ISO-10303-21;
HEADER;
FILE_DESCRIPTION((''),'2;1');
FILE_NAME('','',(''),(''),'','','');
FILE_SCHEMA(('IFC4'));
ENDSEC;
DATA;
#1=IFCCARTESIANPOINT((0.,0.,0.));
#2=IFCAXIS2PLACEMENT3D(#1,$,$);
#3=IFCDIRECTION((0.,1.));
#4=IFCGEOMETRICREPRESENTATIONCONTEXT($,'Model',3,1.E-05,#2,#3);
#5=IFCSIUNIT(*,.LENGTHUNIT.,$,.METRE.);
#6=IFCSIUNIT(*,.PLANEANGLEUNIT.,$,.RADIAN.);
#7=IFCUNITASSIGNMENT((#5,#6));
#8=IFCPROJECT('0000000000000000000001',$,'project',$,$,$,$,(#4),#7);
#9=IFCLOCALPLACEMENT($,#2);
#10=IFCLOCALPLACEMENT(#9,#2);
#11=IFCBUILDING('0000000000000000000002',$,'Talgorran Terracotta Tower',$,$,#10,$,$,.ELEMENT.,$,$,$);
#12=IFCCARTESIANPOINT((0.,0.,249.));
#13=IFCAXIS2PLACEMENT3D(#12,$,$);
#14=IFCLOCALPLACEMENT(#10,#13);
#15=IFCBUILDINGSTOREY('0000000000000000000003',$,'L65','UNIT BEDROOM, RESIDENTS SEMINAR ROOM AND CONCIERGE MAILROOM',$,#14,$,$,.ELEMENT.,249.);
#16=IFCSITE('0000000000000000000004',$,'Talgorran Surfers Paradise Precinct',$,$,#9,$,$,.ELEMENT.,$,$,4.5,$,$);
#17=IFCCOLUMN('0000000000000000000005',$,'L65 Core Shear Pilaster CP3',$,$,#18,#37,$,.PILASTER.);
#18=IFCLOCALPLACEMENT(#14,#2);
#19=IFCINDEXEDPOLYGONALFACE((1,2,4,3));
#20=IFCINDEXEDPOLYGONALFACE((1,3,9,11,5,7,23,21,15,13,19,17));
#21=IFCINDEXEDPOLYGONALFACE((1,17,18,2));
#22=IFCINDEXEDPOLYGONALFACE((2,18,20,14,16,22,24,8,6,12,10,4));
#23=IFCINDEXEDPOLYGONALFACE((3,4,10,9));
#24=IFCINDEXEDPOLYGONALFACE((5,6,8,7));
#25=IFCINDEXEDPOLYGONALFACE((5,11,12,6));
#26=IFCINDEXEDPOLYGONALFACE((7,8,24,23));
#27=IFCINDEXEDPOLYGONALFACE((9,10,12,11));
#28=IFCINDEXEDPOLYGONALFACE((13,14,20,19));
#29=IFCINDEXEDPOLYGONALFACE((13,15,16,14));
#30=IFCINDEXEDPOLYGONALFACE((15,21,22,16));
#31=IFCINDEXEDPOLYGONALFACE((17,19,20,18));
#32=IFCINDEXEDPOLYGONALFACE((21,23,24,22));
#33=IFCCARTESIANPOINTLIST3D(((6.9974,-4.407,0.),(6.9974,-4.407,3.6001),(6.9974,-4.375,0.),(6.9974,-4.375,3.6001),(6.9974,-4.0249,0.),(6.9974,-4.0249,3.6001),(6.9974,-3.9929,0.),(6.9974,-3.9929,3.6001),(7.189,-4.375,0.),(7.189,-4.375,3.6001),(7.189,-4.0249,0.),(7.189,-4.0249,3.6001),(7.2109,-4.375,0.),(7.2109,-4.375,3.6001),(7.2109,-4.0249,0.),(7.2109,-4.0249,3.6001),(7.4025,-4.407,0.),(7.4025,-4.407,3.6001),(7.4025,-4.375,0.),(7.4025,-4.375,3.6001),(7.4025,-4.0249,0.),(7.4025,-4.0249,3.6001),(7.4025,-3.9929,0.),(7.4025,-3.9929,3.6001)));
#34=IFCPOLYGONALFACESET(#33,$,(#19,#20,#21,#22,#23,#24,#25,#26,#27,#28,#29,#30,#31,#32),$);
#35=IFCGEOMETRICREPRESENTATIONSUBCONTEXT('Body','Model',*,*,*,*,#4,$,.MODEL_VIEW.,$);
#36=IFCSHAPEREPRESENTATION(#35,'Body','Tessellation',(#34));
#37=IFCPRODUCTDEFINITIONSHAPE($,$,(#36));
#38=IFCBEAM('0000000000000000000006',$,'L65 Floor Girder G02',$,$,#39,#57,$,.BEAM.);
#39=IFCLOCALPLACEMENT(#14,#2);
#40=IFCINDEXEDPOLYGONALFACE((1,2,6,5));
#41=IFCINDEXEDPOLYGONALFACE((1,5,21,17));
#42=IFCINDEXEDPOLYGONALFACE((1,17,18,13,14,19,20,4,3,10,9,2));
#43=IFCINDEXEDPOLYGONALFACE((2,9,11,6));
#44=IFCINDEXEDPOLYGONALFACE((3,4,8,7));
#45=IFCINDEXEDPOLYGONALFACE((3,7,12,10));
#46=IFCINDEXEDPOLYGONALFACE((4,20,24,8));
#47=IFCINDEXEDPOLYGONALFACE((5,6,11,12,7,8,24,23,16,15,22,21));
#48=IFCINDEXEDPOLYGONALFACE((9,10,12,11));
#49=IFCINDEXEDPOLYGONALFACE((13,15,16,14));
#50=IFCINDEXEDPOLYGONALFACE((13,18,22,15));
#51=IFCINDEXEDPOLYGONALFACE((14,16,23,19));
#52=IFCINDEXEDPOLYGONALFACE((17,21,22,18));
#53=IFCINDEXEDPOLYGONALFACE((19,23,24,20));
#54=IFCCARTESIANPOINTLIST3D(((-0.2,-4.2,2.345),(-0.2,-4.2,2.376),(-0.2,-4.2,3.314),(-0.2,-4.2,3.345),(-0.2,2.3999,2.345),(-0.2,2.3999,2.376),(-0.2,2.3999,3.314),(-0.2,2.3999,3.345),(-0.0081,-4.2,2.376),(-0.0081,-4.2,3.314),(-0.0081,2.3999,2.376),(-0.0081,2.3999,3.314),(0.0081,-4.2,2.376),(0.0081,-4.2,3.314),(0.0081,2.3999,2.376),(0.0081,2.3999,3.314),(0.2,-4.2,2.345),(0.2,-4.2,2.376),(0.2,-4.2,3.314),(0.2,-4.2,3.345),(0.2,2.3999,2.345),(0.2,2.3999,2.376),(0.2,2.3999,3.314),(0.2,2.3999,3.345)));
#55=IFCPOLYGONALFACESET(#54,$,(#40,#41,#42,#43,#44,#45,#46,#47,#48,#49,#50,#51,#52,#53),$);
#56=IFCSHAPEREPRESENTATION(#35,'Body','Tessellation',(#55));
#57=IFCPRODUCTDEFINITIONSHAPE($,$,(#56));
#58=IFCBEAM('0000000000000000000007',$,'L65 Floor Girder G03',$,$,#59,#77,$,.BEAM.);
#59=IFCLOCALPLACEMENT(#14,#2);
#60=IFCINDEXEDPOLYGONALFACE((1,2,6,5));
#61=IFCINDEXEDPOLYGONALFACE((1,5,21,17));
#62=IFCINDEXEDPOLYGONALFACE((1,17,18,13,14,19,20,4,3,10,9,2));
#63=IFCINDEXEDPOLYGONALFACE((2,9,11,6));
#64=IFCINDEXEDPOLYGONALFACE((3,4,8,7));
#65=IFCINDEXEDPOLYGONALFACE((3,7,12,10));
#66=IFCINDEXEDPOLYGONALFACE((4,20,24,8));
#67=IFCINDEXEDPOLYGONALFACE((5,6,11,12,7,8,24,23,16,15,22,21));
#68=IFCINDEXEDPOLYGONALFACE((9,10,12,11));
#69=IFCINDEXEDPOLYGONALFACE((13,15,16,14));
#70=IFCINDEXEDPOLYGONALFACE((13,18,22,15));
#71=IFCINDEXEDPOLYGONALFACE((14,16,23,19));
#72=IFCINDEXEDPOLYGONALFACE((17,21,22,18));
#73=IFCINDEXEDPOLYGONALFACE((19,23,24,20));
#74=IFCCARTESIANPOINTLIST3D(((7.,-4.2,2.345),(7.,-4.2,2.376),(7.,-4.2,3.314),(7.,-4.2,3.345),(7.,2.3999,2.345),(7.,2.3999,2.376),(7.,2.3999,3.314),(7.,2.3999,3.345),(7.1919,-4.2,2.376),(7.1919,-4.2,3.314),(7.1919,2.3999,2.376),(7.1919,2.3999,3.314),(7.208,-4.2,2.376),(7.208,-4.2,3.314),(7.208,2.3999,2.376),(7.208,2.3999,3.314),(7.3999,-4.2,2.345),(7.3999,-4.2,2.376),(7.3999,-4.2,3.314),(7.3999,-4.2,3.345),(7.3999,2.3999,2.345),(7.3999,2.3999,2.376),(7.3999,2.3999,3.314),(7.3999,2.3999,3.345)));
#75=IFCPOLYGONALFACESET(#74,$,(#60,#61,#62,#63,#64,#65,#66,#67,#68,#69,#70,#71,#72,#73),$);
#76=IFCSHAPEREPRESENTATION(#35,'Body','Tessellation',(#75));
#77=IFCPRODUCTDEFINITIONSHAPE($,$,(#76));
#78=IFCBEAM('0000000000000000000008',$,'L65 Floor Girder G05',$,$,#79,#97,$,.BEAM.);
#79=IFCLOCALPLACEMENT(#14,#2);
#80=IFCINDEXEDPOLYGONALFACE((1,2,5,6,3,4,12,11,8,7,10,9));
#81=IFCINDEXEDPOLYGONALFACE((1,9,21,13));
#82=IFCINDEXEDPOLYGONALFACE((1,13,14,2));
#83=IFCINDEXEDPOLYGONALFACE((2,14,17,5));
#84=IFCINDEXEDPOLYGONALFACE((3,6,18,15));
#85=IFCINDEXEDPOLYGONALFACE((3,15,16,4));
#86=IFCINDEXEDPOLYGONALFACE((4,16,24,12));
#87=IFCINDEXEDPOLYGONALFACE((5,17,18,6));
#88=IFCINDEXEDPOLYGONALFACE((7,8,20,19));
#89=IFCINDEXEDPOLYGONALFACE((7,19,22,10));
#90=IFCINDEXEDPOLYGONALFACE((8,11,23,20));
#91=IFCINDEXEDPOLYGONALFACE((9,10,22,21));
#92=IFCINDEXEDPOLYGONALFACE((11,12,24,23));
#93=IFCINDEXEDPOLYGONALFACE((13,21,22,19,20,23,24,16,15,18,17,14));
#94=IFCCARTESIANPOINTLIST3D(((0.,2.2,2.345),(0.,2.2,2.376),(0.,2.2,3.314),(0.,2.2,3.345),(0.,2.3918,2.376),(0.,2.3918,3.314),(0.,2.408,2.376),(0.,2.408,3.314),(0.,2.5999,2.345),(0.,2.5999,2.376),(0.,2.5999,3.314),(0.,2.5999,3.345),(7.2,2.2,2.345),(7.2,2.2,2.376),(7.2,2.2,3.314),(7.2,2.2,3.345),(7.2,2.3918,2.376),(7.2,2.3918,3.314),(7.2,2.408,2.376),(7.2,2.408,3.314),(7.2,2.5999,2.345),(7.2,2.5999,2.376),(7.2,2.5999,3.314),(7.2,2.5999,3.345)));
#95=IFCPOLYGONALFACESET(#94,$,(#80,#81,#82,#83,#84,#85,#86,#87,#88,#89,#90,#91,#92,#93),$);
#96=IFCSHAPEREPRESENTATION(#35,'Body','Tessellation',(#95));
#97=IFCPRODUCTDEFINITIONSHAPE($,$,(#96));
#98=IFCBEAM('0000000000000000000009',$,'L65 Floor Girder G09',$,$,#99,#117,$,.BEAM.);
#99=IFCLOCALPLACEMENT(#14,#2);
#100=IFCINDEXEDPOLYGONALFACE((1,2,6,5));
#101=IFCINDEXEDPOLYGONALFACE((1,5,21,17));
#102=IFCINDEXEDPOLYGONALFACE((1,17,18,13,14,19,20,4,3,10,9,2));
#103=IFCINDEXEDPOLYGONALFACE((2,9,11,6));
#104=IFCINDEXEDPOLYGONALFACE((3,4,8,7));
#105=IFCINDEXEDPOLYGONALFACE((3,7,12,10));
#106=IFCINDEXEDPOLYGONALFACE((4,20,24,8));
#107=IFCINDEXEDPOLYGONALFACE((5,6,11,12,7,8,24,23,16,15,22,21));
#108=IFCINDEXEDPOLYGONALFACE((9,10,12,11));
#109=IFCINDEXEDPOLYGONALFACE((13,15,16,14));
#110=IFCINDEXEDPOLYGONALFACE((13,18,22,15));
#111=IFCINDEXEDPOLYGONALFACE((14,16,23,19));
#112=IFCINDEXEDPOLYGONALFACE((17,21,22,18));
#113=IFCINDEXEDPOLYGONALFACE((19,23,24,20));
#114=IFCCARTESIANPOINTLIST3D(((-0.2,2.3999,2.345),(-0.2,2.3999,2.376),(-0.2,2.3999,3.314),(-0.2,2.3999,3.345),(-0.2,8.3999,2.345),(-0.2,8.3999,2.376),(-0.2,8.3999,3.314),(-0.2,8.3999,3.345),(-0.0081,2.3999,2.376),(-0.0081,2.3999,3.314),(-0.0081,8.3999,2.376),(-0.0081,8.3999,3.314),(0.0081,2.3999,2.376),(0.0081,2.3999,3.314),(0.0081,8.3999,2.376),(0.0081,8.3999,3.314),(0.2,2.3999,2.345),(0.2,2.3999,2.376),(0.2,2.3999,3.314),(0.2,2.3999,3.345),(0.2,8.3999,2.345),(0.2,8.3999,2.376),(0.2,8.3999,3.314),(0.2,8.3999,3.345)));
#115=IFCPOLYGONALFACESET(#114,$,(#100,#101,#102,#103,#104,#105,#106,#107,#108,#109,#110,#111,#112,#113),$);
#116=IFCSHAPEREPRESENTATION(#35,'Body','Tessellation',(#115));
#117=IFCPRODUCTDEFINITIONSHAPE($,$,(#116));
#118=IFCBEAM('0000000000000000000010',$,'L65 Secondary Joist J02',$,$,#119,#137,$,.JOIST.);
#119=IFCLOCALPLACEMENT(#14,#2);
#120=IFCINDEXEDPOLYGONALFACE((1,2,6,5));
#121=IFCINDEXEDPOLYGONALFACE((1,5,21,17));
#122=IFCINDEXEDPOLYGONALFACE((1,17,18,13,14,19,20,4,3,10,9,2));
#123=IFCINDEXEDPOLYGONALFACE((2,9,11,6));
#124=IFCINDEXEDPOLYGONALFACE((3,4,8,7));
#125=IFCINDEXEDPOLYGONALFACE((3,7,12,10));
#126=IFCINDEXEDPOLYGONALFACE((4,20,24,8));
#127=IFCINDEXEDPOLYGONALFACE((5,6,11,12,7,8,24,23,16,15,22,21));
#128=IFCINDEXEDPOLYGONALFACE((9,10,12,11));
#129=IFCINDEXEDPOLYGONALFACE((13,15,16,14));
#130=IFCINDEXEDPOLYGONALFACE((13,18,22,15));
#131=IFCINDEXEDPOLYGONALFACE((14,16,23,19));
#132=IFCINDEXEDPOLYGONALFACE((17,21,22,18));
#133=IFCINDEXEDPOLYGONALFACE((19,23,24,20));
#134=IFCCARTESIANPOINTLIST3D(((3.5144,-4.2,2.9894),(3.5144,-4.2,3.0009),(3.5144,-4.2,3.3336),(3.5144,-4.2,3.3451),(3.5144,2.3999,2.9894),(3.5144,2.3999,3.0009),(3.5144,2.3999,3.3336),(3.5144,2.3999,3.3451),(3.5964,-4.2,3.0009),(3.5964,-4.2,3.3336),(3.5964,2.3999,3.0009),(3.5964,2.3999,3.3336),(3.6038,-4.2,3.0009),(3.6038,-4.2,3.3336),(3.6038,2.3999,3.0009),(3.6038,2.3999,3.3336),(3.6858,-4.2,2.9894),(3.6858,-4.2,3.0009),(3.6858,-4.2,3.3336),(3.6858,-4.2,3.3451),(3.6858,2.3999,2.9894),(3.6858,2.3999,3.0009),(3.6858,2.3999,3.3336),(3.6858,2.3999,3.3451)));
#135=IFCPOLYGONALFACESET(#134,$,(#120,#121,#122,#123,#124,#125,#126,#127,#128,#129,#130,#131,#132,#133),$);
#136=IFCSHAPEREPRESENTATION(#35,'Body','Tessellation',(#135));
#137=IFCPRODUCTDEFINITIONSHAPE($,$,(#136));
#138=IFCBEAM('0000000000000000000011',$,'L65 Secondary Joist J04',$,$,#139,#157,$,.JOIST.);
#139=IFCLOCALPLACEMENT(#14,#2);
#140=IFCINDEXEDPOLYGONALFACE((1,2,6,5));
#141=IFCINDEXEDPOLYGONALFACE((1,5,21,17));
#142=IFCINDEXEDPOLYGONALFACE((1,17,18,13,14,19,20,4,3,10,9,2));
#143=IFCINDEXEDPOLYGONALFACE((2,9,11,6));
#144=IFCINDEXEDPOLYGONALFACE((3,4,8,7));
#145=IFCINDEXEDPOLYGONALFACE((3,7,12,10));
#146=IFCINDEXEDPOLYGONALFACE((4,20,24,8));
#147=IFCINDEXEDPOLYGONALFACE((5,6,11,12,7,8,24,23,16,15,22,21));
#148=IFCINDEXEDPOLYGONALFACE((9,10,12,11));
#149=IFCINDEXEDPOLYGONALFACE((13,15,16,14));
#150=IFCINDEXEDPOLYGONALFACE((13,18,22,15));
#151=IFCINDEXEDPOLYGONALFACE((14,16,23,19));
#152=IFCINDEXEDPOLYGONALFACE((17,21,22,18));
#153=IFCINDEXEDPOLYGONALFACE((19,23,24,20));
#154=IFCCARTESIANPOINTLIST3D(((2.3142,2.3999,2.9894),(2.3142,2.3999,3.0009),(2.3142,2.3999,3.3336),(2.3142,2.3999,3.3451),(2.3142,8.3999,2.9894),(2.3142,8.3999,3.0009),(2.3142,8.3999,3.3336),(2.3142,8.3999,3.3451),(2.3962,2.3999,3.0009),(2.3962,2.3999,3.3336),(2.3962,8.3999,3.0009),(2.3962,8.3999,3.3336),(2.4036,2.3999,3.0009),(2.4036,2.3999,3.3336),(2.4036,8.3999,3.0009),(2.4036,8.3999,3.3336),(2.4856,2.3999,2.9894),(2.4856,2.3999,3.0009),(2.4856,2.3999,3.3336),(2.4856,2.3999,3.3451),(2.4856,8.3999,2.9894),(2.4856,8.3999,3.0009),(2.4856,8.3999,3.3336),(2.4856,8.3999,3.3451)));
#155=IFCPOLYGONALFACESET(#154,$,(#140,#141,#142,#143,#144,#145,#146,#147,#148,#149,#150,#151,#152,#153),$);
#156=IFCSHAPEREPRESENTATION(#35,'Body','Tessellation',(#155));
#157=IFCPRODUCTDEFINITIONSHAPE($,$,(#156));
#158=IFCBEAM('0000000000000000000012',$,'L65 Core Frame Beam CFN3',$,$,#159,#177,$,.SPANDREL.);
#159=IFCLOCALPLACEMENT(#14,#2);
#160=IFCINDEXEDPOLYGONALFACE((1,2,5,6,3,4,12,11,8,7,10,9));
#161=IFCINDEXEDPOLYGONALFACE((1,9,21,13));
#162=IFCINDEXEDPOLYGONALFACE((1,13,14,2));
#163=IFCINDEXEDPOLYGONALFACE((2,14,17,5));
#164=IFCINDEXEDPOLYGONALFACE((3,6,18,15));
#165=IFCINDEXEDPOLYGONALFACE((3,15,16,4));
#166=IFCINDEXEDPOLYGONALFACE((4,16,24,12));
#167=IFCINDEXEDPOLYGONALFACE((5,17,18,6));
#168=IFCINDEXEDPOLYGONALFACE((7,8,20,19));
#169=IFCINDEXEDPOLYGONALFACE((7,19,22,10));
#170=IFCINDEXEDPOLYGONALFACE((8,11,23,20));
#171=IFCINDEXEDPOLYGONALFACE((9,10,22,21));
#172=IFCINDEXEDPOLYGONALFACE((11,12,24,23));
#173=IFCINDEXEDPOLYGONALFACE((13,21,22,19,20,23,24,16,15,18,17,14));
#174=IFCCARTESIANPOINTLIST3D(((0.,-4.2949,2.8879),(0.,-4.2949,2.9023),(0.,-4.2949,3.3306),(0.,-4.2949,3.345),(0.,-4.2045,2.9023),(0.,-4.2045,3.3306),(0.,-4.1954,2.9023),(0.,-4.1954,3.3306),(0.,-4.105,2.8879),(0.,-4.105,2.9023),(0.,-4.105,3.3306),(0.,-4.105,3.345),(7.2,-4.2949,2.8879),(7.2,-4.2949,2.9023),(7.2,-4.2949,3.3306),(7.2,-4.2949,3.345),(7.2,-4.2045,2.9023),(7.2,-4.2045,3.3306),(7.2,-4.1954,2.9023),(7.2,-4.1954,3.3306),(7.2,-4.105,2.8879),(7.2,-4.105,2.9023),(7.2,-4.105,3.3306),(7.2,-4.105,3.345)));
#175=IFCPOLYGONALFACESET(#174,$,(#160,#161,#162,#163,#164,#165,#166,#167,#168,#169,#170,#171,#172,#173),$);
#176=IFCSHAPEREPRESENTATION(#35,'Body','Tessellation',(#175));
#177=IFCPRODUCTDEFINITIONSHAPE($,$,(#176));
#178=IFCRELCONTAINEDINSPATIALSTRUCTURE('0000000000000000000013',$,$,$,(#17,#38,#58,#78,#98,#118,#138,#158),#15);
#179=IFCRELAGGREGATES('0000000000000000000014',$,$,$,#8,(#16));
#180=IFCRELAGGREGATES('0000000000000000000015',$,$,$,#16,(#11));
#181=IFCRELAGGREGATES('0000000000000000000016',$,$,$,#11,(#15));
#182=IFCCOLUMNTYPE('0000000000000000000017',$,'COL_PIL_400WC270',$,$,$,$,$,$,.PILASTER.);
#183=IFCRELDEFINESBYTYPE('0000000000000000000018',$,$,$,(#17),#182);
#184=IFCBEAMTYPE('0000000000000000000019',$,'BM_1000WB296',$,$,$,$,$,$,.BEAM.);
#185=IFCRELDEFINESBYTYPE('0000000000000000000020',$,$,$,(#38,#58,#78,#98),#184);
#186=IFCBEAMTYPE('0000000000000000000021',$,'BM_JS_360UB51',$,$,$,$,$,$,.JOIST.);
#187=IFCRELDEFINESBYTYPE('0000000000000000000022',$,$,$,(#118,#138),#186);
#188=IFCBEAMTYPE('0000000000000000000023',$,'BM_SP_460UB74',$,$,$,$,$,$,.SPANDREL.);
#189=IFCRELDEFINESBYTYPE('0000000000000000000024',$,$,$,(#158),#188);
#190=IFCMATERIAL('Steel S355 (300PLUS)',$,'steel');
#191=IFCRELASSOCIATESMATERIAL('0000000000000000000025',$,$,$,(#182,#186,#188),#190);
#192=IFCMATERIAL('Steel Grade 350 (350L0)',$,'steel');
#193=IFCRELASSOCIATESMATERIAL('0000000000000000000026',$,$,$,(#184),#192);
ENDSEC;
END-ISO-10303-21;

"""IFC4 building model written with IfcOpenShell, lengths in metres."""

from ifc_helpers import new_model, si_unit, direction, frame, origin, origin_2d, place, context, subcontext, project, spatial, i_section, extrude, material, material_profile, profile_set, type_object, element, save


model = new_model("IFC4")

# Units and contexts
model_context = context("Model", 3, precision=1e-05, world=origin(), true_north=direction((0.0, 1.0)))
body_context = subcontext(model_context, "Body", "Model", "MODEL_VIEW")
ifc_project = project(units=[si_unit("LENGTHUNIT", "METRE"), si_unit("PLANEANGLEUNIT", "RADIAN")], contexts=[model_context])

# Site, building, storey
site_placement = place(None, origin())
site = spatial("IfcSite", under=ifc_project, at=site_placement, Name="Talgorran Surfers Paradise Precinct", CompositionType="ELEMENT", RefElevation=4.5)
building_placement = place(site_placement, origin())
building = spatial("IfcBuilding", under=site, at=building_placement, Name="Talgorran Terracotta Tower", CompositionType="ELEMENT")
storey_placement = place(building_placement, frame((0.0, 0.0, 249.0)))
storey = spatial("IfcBuildingStorey", under=building, at=storey_placement, Name="L65", Description="UNIT BEDROOM, RESIDENTS SEMINAR ROOM AND CONCIERGE MAILROOM", CompositionType="ELEMENT", Elevation=249.0)

# Column
ifc_material_1 = material(Name="Steel S355 (300PLUS)", Category="steel")
ifc_material_profile_1 = material_profile(ifc_material_1, i_section(OverallWidth=0.405, OverallDepth=0.4141, WebThickness=0.022, FlangeThickness=0.032, at=origin_2d()), Name="400WC270")
ifc_profile_set_1 = profile_set([ifc_material_profile_1], Name="Steel S355 (300PLUS)")
column_type = type_object("IfcColumnType", Name="COL_PIL_400WC270", PredefinedType="PILASTER", material=ifc_profile_set_1)
column_placement = place(storey_placement, frame((7.2, -4.2, 0.0), z_axis=(0.0, 0.0, 1.0), x_axis=(1.0, 0.0, 0.0)))
element("IfcColumn", 1, at=column_placement, inside=storey, type_object=column_type, Name="L65 Core Shear Pilaster CP3", PredefinedType="PILASTER", context=body_context, shape_type="SweptSolid", body=[
    extrude(i_section(OverallWidth=0.405, OverallDepth=0.4141, WebThickness=0.022, FlangeThickness=0.032, at=origin_2d()), origin(), (0.0, 0.0, 1.0), 3.6001),
])

# Beams
ifc_material_2 = material(Name="Steel Grade 350 (350L0)", Category="steel")
ifc_material_profile_2 = material_profile(ifc_material_2, i_section(OverallWidth=0.3999, OverallDepth=1.0, WebThickness=0.0161, FlangeThickness=0.031, at=origin_2d()), Name="1000WB296")
ifc_profile_set_2 = profile_set([ifc_material_profile_2], Name="Steel Grade 350 (350L0)")
beam_type_1 = type_object("IfcBeamType", Name="BM_1000WB296", PredefinedType="BEAM", material=ifc_profile_set_2)
for number, where, z_axis, x_axis, name in (
    (2, (0.0, -4.2, 2.845), (0.0, 1.0, 0.0), (-1.0, 0.0, 0.0), "L65 Floor Girder G02"),
    (3, (7.2, -4.2, 2.845), (0.0, 1.0, 0.0), (-1.0, 0.0, 0.0), "L65 Floor Girder G03"),
):
    element("IfcBeam", number, at=place(storey_placement, frame(where, z_axis=z_axis, x_axis=x_axis)), inside=storey, type_object=beam_type_1, Name=name, PredefinedType="BEAM", context=body_context, shape_type="SweptSolid", body=[
        extrude(i_section(OverallWidth=0.3999, OverallDepth=1.0, WebThickness=0.0161, FlangeThickness=0.031, at=origin_2d()), origin(), (0.0, 0.0, 1.0), 6.5999),
    ])
beam_1_placement = place(storey_placement, frame((0.0, 2.3999, 2.845), z_axis=(1.0, 0.0, 0.0), x_axis=(0.0, 1.0, 0.0)))
element("IfcBeam", 4, at=beam_1_placement, inside=storey, type_object=beam_type_1, Name="L65 Floor Girder G05", PredefinedType="BEAM", context=body_context, shape_type="SweptSolid", body=[
    extrude(i_section(OverallWidth=0.3999, OverallDepth=1.0, WebThickness=0.0161, FlangeThickness=0.031, at=origin_2d()), origin(), (0.0, 0.0, 1.0), 7.2),
])
beam_2_placement = place(storey_placement, frame((0.0, 2.3999, 2.845), z_axis=(0.0, 1.0, 0.0), x_axis=(-1.0, 0.0, 0.0)))
element("IfcBeam", 5, at=beam_2_placement, inside=storey, type_object=beam_type_1, Name="L65 Floor Girder G09", PredefinedType="BEAM", context=body_context, shape_type="SweptSolid", body=[
    extrude(i_section(OverallWidth=0.3999, OverallDepth=1.0, WebThickness=0.0161, FlangeThickness=0.031, at=origin_2d()), origin(), (0.0, 0.0, 1.0), 6.0),
])
ifc_material_profile_3 = material_profile(ifc_material_1, i_section(OverallWidth=0.1714, OverallDepth=0.3557, WebThickness=0.0073, FlangeThickness=0.0115, at=origin_2d()), Name="360UB50.7")
ifc_profile_set_3 = profile_set([ifc_material_profile_3], Name="Steel S355 (300PLUS)")
beam_type_2 = type_object("IfcBeamType", Name="BM_JS_360UB51", PredefinedType="JOIST", material=ifc_profile_set_3)
beam_3_placement = place(storey_placement, frame((3.6001, -4.2, 3.1672), z_axis=(0.0, 1.0, 0.0), x_axis=(-1.0, 0.0, 0.0)))
element("IfcBeam", 6, at=beam_3_placement, inside=storey, type_object=beam_type_2, Name="L65 Secondary Joist J02", PredefinedType="JOIST", context=body_context, shape_type="SweptSolid", body=[
    extrude(i_section(OverallWidth=0.1714, OverallDepth=0.3557, WebThickness=0.0073, FlangeThickness=0.0115, at=origin_2d()), origin(), (0.0, 0.0, 1.0), 6.5999),
])
beam_4_placement = place(storey_placement, frame((2.3999, 2.3999, 3.1672), z_axis=(0.0, 1.0, 0.0), x_axis=(-1.0, 0.0, 0.0)))
element("IfcBeam", 7, at=beam_4_placement, inside=storey, type_object=beam_type_2, Name="L65 Secondary Joist J04", PredefinedType="JOIST", context=body_context, shape_type="SweptSolid", body=[
    extrude(i_section(OverallWidth=0.1714, OverallDepth=0.3557, WebThickness=0.0073, FlangeThickness=0.0115, at=origin_2d()), origin(), (0.0, 0.0, 1.0), 6.0),
])
ifc_material_profile_4 = material_profile(ifc_material_1, i_section(OverallWidth=0.1899, OverallDepth=0.457, WebThickness=0.009, FlangeThickness=0.0144, at=origin_2d()), Name="460UB74.6")
ifc_profile_set_4 = profile_set([ifc_material_profile_4], Name="Steel S355 (300PLUS)")
beam_type_3 = type_object("IfcBeamType", Name="BM_SP_460UB74", PredefinedType="SPANDREL", material=ifc_profile_set_4)
beam_5_placement = place(storey_placement, frame((0.0, -4.2, 3.1165), z_axis=(1.0, 0.0, 0.0), x_axis=(0.0, 1.0, 0.0)))
element("IfcBeam", 8, at=beam_5_placement, inside=storey, type_object=beam_type_3, Name="L65 Core Frame Beam CFN3", PredefinedType="SPANDREL", context=body_context, shape_type="SweptSolid", body=[
    extrude(i_section(OverallWidth=0.1899, OverallDepth=0.457, WebThickness=0.009, FlangeThickness=0.0144, at=origin_2d()), origin(), (0.0, 0.0, 1.0), 7.2),
])

save(model, "model.ifc")
